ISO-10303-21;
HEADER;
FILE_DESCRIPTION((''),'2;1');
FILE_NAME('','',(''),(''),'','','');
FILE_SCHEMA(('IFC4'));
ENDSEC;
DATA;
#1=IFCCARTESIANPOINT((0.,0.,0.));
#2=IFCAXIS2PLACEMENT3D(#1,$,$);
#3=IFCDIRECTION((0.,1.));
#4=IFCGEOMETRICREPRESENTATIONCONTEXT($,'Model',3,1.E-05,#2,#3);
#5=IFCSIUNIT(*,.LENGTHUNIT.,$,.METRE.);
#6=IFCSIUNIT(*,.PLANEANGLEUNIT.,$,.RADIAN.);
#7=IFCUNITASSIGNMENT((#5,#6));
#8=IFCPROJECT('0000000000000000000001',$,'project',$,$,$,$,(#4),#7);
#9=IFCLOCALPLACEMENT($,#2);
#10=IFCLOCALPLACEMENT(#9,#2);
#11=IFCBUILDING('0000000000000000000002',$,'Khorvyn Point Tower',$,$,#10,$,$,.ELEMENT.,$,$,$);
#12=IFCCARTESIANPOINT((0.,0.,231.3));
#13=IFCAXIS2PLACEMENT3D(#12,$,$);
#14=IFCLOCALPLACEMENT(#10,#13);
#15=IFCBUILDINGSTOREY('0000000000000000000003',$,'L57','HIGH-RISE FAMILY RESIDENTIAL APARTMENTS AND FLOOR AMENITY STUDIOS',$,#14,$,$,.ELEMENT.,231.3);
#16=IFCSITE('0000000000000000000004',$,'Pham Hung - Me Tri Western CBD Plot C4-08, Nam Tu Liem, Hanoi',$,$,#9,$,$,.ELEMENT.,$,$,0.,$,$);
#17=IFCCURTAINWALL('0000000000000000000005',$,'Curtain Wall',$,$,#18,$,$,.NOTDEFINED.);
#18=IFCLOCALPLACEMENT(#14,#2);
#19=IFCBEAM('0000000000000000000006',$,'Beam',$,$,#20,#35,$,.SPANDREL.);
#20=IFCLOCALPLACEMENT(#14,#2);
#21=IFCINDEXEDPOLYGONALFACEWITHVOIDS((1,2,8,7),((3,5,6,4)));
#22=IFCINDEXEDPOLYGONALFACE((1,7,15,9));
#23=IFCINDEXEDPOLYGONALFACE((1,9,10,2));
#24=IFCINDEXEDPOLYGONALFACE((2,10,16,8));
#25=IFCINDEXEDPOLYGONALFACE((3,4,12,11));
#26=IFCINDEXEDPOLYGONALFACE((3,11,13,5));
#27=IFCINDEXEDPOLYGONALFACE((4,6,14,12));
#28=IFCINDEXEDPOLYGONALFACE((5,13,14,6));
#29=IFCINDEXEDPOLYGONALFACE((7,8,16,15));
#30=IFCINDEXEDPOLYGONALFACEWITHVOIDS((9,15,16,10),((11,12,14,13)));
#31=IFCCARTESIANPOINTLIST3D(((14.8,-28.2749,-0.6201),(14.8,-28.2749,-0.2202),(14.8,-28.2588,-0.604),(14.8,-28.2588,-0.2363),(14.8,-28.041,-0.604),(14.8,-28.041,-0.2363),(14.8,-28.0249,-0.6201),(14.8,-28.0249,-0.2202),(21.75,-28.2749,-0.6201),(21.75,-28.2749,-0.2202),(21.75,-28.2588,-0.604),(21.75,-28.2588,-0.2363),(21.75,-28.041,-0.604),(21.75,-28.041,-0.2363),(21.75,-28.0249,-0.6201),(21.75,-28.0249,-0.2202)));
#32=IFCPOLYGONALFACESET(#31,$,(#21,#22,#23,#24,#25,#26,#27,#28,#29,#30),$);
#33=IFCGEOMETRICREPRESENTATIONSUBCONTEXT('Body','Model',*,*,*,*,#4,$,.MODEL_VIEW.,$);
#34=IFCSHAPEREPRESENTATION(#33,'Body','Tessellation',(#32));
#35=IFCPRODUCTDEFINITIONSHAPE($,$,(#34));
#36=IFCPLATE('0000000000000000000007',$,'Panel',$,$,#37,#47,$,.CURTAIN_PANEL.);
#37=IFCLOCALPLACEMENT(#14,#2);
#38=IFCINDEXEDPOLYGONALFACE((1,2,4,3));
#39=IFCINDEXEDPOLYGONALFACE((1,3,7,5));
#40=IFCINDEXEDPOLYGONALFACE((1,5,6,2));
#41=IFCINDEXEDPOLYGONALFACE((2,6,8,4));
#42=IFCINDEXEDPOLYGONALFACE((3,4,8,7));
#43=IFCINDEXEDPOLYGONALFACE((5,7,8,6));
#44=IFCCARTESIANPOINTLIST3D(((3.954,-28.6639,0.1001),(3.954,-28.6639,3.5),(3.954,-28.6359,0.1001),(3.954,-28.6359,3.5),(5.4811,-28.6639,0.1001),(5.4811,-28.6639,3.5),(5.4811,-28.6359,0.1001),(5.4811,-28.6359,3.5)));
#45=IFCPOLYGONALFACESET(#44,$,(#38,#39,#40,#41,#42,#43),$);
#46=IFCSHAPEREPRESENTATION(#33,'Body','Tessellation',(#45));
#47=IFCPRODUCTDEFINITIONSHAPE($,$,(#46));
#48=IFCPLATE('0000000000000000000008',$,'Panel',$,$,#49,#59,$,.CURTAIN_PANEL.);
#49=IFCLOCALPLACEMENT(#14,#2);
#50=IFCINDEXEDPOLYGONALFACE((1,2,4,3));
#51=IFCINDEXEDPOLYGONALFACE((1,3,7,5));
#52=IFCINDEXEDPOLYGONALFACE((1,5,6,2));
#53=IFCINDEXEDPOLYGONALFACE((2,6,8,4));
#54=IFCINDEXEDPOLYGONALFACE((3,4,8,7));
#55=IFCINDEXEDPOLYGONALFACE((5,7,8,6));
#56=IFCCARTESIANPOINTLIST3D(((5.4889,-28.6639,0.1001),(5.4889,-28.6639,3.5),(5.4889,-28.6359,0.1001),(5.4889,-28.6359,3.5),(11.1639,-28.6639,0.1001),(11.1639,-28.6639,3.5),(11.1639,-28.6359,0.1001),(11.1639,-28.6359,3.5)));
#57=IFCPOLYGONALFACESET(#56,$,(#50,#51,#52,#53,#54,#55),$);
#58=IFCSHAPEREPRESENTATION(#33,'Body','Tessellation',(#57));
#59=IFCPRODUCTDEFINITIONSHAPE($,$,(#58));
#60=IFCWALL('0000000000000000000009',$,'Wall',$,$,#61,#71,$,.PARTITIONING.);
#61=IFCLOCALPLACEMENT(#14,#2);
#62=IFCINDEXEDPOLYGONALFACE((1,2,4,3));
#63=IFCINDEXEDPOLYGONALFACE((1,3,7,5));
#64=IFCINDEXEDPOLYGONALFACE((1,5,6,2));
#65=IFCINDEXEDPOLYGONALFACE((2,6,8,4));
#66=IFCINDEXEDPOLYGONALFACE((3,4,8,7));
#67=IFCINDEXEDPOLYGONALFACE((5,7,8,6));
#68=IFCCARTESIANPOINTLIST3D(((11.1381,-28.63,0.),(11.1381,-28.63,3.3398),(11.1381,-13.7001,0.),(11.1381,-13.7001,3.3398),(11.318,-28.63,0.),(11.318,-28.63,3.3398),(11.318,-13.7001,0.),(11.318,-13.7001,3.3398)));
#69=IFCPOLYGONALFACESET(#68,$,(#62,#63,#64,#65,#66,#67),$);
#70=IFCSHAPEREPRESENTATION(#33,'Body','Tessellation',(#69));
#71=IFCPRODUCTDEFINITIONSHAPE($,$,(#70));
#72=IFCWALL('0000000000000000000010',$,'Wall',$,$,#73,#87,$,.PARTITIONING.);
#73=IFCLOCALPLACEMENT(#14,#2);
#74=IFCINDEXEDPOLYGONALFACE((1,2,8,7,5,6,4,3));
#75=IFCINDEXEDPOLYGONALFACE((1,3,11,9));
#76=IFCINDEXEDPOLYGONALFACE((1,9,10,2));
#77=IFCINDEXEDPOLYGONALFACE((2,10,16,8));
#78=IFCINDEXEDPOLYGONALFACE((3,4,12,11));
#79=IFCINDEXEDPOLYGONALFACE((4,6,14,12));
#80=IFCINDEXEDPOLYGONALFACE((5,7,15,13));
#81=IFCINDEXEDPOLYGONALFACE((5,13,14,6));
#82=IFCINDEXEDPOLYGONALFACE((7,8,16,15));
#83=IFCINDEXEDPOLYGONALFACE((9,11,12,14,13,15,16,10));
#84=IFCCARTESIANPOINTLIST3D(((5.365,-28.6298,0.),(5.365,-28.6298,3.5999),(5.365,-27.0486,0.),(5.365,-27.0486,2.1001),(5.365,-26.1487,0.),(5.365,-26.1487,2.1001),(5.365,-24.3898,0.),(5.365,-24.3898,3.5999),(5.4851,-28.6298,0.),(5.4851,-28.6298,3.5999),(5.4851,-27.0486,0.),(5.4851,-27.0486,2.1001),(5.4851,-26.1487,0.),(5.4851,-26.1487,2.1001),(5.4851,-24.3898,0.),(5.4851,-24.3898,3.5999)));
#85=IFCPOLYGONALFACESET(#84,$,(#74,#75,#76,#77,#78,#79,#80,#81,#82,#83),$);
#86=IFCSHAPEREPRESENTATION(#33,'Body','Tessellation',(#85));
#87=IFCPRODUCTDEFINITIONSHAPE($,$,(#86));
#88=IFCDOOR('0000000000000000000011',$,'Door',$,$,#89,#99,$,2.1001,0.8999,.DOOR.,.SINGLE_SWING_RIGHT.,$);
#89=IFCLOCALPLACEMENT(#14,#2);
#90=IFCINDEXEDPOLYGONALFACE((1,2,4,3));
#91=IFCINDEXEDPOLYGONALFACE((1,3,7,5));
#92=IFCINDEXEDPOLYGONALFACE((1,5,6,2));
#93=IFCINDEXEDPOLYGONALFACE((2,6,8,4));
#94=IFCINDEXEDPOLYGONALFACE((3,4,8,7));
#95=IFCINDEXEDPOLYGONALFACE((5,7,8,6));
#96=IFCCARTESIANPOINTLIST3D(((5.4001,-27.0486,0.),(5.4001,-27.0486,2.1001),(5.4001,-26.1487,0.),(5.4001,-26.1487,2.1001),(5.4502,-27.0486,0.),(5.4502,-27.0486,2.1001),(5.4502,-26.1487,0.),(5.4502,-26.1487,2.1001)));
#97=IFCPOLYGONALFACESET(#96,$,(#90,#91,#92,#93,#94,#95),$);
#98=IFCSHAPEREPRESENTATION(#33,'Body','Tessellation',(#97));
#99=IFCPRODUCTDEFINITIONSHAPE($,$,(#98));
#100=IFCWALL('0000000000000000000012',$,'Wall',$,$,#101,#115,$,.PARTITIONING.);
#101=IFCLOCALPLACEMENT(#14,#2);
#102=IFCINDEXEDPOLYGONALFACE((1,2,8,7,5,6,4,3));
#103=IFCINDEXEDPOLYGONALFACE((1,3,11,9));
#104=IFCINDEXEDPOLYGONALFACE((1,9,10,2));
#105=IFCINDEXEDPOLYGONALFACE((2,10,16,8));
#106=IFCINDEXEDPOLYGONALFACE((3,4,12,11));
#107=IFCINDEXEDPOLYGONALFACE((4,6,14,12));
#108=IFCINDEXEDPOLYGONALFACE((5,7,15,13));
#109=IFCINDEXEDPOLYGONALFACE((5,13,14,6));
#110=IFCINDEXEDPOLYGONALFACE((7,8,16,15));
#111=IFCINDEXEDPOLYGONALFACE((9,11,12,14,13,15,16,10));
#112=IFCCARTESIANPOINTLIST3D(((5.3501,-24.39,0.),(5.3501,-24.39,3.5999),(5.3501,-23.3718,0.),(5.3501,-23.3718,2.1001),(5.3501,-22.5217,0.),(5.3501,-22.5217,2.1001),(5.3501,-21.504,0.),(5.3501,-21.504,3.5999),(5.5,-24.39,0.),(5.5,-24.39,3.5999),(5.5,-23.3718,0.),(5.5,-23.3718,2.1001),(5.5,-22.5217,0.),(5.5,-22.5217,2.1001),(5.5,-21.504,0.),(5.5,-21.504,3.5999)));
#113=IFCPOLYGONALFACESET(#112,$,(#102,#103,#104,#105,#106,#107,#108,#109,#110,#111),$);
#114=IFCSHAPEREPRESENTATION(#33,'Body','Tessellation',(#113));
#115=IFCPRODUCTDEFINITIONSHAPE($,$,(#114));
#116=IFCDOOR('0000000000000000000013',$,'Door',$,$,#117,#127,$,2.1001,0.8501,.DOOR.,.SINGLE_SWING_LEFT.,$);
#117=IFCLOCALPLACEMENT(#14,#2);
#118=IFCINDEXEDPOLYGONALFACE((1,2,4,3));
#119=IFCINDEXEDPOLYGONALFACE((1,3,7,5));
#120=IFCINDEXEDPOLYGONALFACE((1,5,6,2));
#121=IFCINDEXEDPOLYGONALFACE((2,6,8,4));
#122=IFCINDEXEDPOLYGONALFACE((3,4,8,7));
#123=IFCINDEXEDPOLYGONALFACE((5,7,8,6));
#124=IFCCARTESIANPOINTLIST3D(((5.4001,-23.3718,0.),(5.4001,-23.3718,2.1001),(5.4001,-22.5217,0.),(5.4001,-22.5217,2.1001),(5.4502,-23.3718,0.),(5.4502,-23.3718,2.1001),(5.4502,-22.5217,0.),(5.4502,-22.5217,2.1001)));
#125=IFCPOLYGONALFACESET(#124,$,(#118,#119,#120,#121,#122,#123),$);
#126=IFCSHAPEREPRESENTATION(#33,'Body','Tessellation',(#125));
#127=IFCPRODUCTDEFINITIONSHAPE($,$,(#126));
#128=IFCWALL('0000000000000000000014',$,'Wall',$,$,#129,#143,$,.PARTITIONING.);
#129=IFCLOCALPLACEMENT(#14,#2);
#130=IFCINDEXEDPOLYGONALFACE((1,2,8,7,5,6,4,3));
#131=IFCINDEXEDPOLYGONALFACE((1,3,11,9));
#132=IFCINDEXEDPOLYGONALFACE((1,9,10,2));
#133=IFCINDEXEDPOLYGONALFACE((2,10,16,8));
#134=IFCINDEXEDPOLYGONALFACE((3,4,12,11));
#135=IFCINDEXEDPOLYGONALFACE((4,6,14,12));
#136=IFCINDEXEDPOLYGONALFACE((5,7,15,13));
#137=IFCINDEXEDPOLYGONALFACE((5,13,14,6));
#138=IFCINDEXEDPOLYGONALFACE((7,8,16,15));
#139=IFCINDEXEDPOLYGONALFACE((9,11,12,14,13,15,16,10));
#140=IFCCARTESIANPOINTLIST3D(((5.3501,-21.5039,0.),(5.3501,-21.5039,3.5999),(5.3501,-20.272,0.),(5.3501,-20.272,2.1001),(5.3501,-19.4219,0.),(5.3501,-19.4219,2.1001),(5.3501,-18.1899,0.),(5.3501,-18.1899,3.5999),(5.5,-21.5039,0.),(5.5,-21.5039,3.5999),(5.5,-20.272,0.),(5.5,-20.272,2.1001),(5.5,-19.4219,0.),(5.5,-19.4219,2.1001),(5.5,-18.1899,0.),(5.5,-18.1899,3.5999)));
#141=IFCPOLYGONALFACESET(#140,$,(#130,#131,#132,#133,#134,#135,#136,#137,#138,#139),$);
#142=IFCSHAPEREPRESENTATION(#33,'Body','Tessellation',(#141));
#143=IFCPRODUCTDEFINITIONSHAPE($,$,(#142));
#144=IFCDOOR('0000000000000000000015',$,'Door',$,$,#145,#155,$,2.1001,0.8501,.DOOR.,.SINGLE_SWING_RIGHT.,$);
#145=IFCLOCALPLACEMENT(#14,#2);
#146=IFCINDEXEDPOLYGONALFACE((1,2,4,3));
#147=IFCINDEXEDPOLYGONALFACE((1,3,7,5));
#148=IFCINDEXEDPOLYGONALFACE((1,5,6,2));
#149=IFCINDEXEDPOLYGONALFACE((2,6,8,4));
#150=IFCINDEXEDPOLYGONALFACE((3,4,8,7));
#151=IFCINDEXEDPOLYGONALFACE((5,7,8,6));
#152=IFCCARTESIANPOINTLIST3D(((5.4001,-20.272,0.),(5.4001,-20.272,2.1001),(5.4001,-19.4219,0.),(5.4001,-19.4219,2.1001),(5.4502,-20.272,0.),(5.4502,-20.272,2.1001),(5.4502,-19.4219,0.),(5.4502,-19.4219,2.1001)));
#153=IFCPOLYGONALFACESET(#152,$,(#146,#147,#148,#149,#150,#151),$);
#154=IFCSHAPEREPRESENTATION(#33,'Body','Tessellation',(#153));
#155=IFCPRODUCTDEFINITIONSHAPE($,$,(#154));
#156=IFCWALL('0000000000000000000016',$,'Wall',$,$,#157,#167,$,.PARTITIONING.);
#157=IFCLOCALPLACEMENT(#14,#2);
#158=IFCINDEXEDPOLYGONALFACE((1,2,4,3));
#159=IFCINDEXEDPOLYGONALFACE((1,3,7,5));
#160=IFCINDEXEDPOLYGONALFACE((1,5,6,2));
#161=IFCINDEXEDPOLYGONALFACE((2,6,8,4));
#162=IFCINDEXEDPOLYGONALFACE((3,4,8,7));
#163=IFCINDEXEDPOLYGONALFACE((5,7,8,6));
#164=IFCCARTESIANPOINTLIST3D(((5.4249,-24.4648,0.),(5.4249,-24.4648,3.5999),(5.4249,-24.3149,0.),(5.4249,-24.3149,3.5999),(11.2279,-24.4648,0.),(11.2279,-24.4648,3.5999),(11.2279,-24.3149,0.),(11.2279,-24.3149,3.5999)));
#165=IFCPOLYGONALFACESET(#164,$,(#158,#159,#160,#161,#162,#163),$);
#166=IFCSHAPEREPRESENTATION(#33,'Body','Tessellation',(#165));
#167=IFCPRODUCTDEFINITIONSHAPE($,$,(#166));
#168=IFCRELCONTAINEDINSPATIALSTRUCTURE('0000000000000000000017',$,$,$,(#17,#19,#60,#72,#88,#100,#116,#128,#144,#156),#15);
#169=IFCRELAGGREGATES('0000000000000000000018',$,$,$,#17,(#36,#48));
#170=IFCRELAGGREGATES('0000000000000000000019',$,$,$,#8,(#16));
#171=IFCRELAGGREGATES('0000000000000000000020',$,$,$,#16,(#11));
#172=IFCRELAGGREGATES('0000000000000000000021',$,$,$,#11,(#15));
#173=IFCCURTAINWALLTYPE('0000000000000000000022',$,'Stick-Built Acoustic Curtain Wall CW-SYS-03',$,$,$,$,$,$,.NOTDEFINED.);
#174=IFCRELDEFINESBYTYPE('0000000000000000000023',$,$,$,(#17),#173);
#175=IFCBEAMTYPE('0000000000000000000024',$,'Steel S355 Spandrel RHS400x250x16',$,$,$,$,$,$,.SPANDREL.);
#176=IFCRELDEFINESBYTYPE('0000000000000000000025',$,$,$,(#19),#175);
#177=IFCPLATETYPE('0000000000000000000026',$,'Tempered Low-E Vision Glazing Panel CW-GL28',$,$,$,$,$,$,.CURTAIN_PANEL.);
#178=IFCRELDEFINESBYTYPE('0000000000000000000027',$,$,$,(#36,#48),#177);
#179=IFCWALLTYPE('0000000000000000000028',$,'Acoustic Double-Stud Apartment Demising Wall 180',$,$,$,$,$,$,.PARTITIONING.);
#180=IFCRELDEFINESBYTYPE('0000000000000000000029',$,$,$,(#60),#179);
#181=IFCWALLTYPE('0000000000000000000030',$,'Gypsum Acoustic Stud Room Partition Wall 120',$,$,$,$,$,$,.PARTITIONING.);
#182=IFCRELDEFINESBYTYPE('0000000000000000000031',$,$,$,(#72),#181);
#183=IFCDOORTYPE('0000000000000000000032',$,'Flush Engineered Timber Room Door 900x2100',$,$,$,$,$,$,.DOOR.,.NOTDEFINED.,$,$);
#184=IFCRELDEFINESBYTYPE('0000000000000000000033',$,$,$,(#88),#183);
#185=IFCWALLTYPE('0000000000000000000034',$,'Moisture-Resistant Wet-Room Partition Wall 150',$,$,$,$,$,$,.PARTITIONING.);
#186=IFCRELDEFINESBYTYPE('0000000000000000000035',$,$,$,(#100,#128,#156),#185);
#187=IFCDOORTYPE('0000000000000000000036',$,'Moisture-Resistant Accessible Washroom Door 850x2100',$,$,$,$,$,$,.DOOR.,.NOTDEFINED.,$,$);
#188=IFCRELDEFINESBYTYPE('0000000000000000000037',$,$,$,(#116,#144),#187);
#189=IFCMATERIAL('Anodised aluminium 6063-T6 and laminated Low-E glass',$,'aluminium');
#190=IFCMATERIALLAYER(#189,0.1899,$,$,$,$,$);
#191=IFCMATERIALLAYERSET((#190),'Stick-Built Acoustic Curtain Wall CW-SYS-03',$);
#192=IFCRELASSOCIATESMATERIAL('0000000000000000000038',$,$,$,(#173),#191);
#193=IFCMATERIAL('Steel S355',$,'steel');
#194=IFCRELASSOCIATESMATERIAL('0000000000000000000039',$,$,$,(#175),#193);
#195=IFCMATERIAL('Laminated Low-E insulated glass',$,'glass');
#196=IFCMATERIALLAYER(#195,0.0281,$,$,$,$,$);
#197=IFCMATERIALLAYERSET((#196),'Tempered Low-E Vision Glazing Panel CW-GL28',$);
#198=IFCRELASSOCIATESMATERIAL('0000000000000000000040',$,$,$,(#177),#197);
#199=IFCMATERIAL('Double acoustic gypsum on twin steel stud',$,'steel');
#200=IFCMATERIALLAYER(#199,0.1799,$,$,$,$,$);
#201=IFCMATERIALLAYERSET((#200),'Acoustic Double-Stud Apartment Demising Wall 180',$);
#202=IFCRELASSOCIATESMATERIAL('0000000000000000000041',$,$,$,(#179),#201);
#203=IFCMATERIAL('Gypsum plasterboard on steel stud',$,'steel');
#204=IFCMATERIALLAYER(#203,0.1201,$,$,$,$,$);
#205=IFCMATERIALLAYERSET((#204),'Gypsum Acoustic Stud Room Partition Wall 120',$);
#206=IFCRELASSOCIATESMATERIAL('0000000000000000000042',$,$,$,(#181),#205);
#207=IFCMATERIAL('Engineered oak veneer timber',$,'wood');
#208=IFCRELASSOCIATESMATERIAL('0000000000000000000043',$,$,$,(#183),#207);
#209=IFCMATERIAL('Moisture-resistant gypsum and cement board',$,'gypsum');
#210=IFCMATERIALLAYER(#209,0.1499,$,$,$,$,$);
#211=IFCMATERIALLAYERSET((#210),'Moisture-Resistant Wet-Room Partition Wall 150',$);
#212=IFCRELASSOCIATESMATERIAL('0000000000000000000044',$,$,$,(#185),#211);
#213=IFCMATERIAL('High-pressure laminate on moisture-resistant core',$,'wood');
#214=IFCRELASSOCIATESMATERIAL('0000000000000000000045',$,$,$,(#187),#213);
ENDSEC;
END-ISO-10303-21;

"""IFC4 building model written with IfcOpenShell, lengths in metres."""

from ifc_helpers import new_model, si_unit, direction, frame, frame_2d, origin, origin_2d, place, context, subcontext, project, spatial, rectangle, hollow_rectangle, extrude, material, layer, layer_set, material_profile, profile_set, type_object, element, fill, aggregate, save


model = new_model("IFC4")

# Units and contexts
model_context = context("Model", 3, precision=1e-05, world=origin(), true_north=direction((0.0, 1.0)))
body_context = subcontext(model_context, "Body", "Model", "MODEL_VIEW")
ifc_project = project(units=[si_unit("LENGTHUNIT", "METRE"), si_unit("PLANEANGLEUNIT", "RADIAN")], contexts=[model_context])

# Site, building, storey
site_placement = place(None, origin())
site = spatial("IfcSite", under=ifc_project, at=site_placement, Name="Pham Hung - Me Tri Western CBD Plot C4-08, Nam Tu Liem, Hanoi", CompositionType="ELEMENT", RefElevation=0.0)
building_placement = place(site_placement, origin())
building = spatial("IfcBuilding", under=site, at=building_placement, Name="Khorvyn Point Tower", CompositionType="ELEMENT")
storey_placement = place(building_placement, frame((0.0, 0.0, 231.3)))
storey = spatial("IfcBuildingStorey", under=building, at=storey_placement, Name="L57", Description="HIGH-RISE FAMILY RESIDENTIAL APARTMENTS AND FLOOR AMENITY STUDIOS", CompositionType="ELEMENT", Elevation=231.3)

# Curtain wall
ifc_material_1 = material(Name="Anodised aluminium 6063-T6 and laminated Low-E glass", Category="aluminium")
ifc_layer_1 = layer(ifc_material_1, 0.1899)
ifc_layer_set_1 = layer_set([ifc_layer_1], Name="Stick-Built Acoustic Curtain Wall CW-SYS-03")
curtain_wall_type = type_object("IfcCurtainWallType", Name="Stick-Built Acoustic Curtain Wall CW-SYS-03", PredefinedType="NOTDEFINED", material=ifc_layer_set_1)
curtain_wall_placement = place(storey_placement, origin())
curtain_wall = element("IfcCurtainWall", 1, at=curtain_wall_placement, inside=storey, type_object=curtain_wall_type, Name="Curtain Wall", PredefinedType="NOTDEFINED")

# Beam
ifc_material_2 = material(Name="Steel S355", Category="steel")
ifc_material_profile_1 = material_profile(ifc_material_2, hollow_rectangle(XDim=0.25, YDim=0.3999, WallThickness=0.0161, at=origin_2d()))
ifc_profile_set_1 = profile_set([ifc_material_profile_1], Name="Steel S355 RHS400x250x16")
beam_type_1 = type_object("IfcBeamType", Name="Steel S355 Spandrel RHS400x250x16", PredefinedType="SPANDREL", material=ifc_profile_set_1)
beam_1_placement = place(storey_placement, frame((14.8, -28.1499, -0.4202), z_axis=(1.0, 0.0, 0.0), x_axis=(0.0, 1.0, 0.0)))
element("IfcBeam", 2, at=beam_1_placement, inside=storey, type_object=beam_type_1, Name="Beam", PredefinedType="SPANDREL", context=body_context, shape_type="SweptSolid", body=[
    extrude(hollow_rectangle(XDim=0.25, YDim=0.3999, WallThickness=0.0161, at=origin_2d()), origin(), (0.0, 0.0, 1.0), 6.95),
])

# Plates
ifc_material_3 = material(Name="Laminated Low-E insulated glass", Category="glass")
ifc_layer_2 = layer(ifc_material_3, 0.0281)
ifc_layer_set_2 = layer_set([ifc_layer_2], Name="Tempered Low-E Vision Glazing Panel CW-GL28")
plate_type = type_object("IfcPlateType", Name="Tempered Low-E Vision Glazing Panel CW-GL28", PredefinedType="CURTAIN_PANEL", material=ifc_layer_set_2)
plate_1_placement = place(storey_placement, frame((4.7175, -28.6499, 0.1001), z_axis=(0.0, 0.0, 1.0), x_axis=(-1.0, 0.0, 0.0)))
plate_1 = element("IfcPlate", 3, at=plate_1_placement, type_object=plate_type, Name="Panel", PredefinedType="CURTAIN_PANEL", context=body_context, shape_type="SweptSolid", body=[
    extrude(rectangle(XDim=1.5271, YDim=0.0281, at=origin_2d()), origin(), (0.0, 0.0, 1.0), 3.3999),
])
plate_2_placement = place(storey_placement, frame((8.3264, -28.6499, 0.1001), z_axis=(0.0, 0.0, 1.0), x_axis=(-1.0, 0.0, 0.0)))
plate_2 = element("IfcPlate", 4, at=plate_2_placement, type_object=plate_type, Name="Panel", PredefinedType="CURTAIN_PANEL", context=body_context, shape_type="SweptSolid", body=[
    extrude(rectangle(XDim=5.675, YDim=0.0281, at=origin_2d()), origin(), (0.0, 0.0, 1.0), 3.3999),
])
aggregate(curtain_wall, [plate_1, plate_2])

# Wall
ifc_material_4 = material(Name="Double acoustic gypsum on twin steel stud", Category="steel")
ifc_layer_3 = layer(ifc_material_4, 0.1799)
ifc_layer_set_3 = layer_set([ifc_layer_3], Name="Acoustic Double-Stud Apartment Demising Wall 180")
wall_type_1 = type_object("IfcWallType", Name="Acoustic Double-Stud Apartment Demising Wall 180", PredefinedType="PARTITIONING", material=ifc_layer_set_3)
wall_1_placement = place(storey_placement, frame((11.228, -28.6299, 0.0), z_axis=(0.0, 0.0, 1.0), x_axis=(0.0, 1.0, 0.0)))
element("IfcWall", 5, at=wall_1_placement, inside=storey, type_object=wall_type_1, Name="Wall", PredefinedType="PARTITIONING", context=body_context, shape_type="SweptSolid", body=[
    extrude(rectangle(XDim=14.9299, YDim=0.1799, at=frame_2d((7.4648, 0.0))), origin(), (0.0, 0.0, 1.0), 3.3398),
])

# Walls, openings, doors
ifc_material_5 = material(Name="Gypsum plasterboard on steel stud", Category="steel")
ifc_layer_4 = layer(ifc_material_5, 0.1201)
ifc_layer_set_4 = layer_set([ifc_layer_4], Name="Gypsum Acoustic Stud Room Partition Wall 120")
wall_type_2 = type_object("IfcWallType", Name="Gypsum Acoustic Stud Room Partition Wall 120", PredefinedType="PARTITIONING", material=ifc_layer_set_4)
wall_2_placement = place(storey_placement, frame((5.425, -28.6299, 0.0), z_axis=(0.0, 0.0, 1.0), x_axis=(0.0, 1.0, 0.0)))
wall_2 = element("IfcWall", 6, at=wall_2_placement, inside=storey, type_object=wall_type_2, Name="Wall", PredefinedType="PARTITIONING", context=body_context, shape_type="SweptSolid", body=[
    extrude(rectangle(XDim=4.24, YDim=0.1201, at=frame_2d((2.1201, 0.0))), origin(), (0.0, 0.0, 1.0), 3.5999),
])
opening_1_placement = place(wall_2_placement, frame((1.5813, 0.0, 0.0)))
opening_1 = element("IfcOpeningElement", 7, at=opening_1_placement, cuts=wall_2, PredefinedType="OPENING", context=body_context, shape_type="SweptSolid", body=[
    extrude(rectangle(XDim=0.8999, YDim=2.1001, at=frame_2d((0.45, 1.05))), frame((0.0, 0.0701, 0.0), z_axis=(0.0, -1.0, 0.0), x_axis=(1.0, 0.0, 0.0)), (0.0, 0.0, 1.0), 0.1401),
])
ifc_material_6 = material(Name="Engineered oak veneer timber", Category="wood")
door_type_1 = type_object("IfcDoorType", Name="Flush Engineered Timber Room Door 900x2100", OperationType="NOTDEFINED", PredefinedType="DOOR", material=ifc_material_6)
door_1_placement = place(opening_1_placement, origin())
door_1 = element("IfcDoor", 8, at=door_1_placement, inside=storey, type_object=door_type_1, Name="Door", OperationType="SINGLE_SWING_RIGHT", OverallHeight=2.1001, OverallWidth=0.8999, PredefinedType="DOOR", context=body_context, shape_type="SweptSolid", body=[
    extrude(rectangle(XDim=0.8999, YDim=2.1001, at=frame_2d((0.45, 1.05))), frame((0.0, 0.0249, 0.0), z_axis=(0.0, -1.0, 0.0), x_axis=(1.0, 0.0, 0.0)), (0.0, 0.0, 1.0), 0.05),
])
fill(opening_1, door_1)
ifc_material_7 = material(Name="Moisture-resistant gypsum and cement board", Category="gypsum")
ifc_layer_5 = layer(ifc_material_7, 0.1499)
ifc_layer_set_5 = layer_set([ifc_layer_5], Name="Moisture-Resistant Wet-Room Partition Wall 150")
wall_type_3 = type_object("IfcWallType", Name="Moisture-Resistant Wet-Room Partition Wall 150", PredefinedType="PARTITIONING", material=ifc_layer_set_5)
wall_3_placement = place(storey_placement, frame((5.425, -24.3899, 0.0), z_axis=(0.0, 0.0, 1.0), x_axis=(0.0, 1.0, 0.0)))
wall_3 = element("IfcWall", 9, at=wall_3_placement, inside=storey, type_object=wall_type_3, Name="Wall", PredefinedType="PARTITIONING", context=body_context, shape_type="SweptSolid", body=[
    extrude(rectangle(XDim=2.886, YDim=0.1499, at=frame_2d((1.4429, 0.0))), origin(), (0.0, 0.0, 1.0), 3.5999),
])
opening_2_placement = place(wall_3_placement, frame((1.0181, 0.0, 0.0)))
opening_2 = element("IfcOpeningElement", 10, at=opening_2_placement, cuts=wall_3, PredefinedType="OPENING", context=body_context, shape_type="SweptSolid", body=[
    extrude(rectangle(XDim=0.8501, YDim=2.1001, at=frame_2d((0.425, 1.05))), frame((0.0, 0.085, 0.0), z_axis=(0.0, -1.0, 0.0), x_axis=(1.0, 0.0, 0.0)), (0.0, 0.0, 1.0), 0.1699),
])
ifc_material_8 = material(Name="High-pressure laminate on moisture-resistant core", Category="wood")
door_type_2 = type_object("IfcDoorType", Name="Moisture-Resistant Accessible Washroom Door 850x2100", OperationType="NOTDEFINED", PredefinedType="DOOR", material=ifc_material_8)
door_2_placement = place(opening_2_placement, origin())
door_2 = element("IfcDoor", 11, at=door_2_placement, inside=storey, type_object=door_type_2, Name="Door", OperationType="SINGLE_SWING_LEFT", OverallHeight=2.1001, OverallWidth=0.8501, PredefinedType="DOOR", context=body_context, shape_type="SweptSolid", body=[
    extrude(rectangle(XDim=0.8501, YDim=2.1001, at=frame_2d((0.425, 1.05))), frame((0.0, 0.0249, 0.0), z_axis=(0.0, -1.0, 0.0), x_axis=(1.0, 0.0, 0.0)), (0.0, 0.0, 1.0), 0.05),
])
fill(opening_2, door_2)
wall_4_placement = place(storey_placement, frame((5.425, -21.5039, 0.0), z_axis=(0.0, 0.0, 1.0), x_axis=(0.0, 1.0, 0.0)))
wall_4 = element("IfcWall", 12, at=wall_4_placement, inside=storey, type_object=wall_type_3, Name="Wall", PredefinedType="PARTITIONING", context=body_context, shape_type="SweptSolid", body=[
    extrude(rectangle(XDim=3.314, YDim=0.1499, at=frame_2d((1.657, 0.0))), origin(), (0.0, 0.0, 1.0), 3.5999),
])
opening_3_placement = place(wall_4_placement, frame((1.2319, 0.0, 0.0)))
opening_3 = element("IfcOpeningElement", 13, at=opening_3_placement, cuts=wall_4, PredefinedType="OPENING", context=body_context, shape_type="SweptSolid", body=[
    extrude(rectangle(XDim=0.8501, YDim=2.1001, at=frame_2d((0.425, 1.05))), frame((0.0, 0.085, 0.0), z_axis=(0.0, -1.0, 0.0), x_axis=(1.0, 0.0, 0.0)), (0.0, 0.0, 1.0), 0.1699),
])
door_3_placement = place(opening_3_placement, origin())
door_3 = element("IfcDoor", 14, at=door_3_placement, inside=storey, type_object=door_type_2, Name="Door", OperationType="SINGLE_SWING_RIGHT", OverallHeight=2.1001, OverallWidth=0.8501, PredefinedType="DOOR", context=body_context, shape_type="SweptSolid", body=[
    extrude(rectangle(XDim=0.8501, YDim=2.1001, at=frame_2d((0.425, 1.05))), frame((0.0, 0.0249, 0.0), z_axis=(0.0, -1.0, 0.0), x_axis=(1.0, 0.0, 0.0)), (0.0, 0.0, 1.0), 0.05),
])
fill(opening_3, door_3)

# Wall
wall_5_placement = place(storey_placement, frame((5.425, -24.3899, 0.0), z_axis=(0.0, 0.0, 1.0), x_axis=(1.0, 0.0, 0.0)))
element("IfcWall", 15, at=wall_5_placement, inside=storey, type_object=wall_type_3, Name="Wall", PredefinedType="PARTITIONING", context=body_context, shape_type="SweptSolid", body=[
    extrude(rectangle(XDim=5.803, YDim=0.1499, at=frame_2d((2.9014, 0.0))), origin(), (0.0, 0.0, 1.0), 3.5999),
])

save(model, "model.ifc")
